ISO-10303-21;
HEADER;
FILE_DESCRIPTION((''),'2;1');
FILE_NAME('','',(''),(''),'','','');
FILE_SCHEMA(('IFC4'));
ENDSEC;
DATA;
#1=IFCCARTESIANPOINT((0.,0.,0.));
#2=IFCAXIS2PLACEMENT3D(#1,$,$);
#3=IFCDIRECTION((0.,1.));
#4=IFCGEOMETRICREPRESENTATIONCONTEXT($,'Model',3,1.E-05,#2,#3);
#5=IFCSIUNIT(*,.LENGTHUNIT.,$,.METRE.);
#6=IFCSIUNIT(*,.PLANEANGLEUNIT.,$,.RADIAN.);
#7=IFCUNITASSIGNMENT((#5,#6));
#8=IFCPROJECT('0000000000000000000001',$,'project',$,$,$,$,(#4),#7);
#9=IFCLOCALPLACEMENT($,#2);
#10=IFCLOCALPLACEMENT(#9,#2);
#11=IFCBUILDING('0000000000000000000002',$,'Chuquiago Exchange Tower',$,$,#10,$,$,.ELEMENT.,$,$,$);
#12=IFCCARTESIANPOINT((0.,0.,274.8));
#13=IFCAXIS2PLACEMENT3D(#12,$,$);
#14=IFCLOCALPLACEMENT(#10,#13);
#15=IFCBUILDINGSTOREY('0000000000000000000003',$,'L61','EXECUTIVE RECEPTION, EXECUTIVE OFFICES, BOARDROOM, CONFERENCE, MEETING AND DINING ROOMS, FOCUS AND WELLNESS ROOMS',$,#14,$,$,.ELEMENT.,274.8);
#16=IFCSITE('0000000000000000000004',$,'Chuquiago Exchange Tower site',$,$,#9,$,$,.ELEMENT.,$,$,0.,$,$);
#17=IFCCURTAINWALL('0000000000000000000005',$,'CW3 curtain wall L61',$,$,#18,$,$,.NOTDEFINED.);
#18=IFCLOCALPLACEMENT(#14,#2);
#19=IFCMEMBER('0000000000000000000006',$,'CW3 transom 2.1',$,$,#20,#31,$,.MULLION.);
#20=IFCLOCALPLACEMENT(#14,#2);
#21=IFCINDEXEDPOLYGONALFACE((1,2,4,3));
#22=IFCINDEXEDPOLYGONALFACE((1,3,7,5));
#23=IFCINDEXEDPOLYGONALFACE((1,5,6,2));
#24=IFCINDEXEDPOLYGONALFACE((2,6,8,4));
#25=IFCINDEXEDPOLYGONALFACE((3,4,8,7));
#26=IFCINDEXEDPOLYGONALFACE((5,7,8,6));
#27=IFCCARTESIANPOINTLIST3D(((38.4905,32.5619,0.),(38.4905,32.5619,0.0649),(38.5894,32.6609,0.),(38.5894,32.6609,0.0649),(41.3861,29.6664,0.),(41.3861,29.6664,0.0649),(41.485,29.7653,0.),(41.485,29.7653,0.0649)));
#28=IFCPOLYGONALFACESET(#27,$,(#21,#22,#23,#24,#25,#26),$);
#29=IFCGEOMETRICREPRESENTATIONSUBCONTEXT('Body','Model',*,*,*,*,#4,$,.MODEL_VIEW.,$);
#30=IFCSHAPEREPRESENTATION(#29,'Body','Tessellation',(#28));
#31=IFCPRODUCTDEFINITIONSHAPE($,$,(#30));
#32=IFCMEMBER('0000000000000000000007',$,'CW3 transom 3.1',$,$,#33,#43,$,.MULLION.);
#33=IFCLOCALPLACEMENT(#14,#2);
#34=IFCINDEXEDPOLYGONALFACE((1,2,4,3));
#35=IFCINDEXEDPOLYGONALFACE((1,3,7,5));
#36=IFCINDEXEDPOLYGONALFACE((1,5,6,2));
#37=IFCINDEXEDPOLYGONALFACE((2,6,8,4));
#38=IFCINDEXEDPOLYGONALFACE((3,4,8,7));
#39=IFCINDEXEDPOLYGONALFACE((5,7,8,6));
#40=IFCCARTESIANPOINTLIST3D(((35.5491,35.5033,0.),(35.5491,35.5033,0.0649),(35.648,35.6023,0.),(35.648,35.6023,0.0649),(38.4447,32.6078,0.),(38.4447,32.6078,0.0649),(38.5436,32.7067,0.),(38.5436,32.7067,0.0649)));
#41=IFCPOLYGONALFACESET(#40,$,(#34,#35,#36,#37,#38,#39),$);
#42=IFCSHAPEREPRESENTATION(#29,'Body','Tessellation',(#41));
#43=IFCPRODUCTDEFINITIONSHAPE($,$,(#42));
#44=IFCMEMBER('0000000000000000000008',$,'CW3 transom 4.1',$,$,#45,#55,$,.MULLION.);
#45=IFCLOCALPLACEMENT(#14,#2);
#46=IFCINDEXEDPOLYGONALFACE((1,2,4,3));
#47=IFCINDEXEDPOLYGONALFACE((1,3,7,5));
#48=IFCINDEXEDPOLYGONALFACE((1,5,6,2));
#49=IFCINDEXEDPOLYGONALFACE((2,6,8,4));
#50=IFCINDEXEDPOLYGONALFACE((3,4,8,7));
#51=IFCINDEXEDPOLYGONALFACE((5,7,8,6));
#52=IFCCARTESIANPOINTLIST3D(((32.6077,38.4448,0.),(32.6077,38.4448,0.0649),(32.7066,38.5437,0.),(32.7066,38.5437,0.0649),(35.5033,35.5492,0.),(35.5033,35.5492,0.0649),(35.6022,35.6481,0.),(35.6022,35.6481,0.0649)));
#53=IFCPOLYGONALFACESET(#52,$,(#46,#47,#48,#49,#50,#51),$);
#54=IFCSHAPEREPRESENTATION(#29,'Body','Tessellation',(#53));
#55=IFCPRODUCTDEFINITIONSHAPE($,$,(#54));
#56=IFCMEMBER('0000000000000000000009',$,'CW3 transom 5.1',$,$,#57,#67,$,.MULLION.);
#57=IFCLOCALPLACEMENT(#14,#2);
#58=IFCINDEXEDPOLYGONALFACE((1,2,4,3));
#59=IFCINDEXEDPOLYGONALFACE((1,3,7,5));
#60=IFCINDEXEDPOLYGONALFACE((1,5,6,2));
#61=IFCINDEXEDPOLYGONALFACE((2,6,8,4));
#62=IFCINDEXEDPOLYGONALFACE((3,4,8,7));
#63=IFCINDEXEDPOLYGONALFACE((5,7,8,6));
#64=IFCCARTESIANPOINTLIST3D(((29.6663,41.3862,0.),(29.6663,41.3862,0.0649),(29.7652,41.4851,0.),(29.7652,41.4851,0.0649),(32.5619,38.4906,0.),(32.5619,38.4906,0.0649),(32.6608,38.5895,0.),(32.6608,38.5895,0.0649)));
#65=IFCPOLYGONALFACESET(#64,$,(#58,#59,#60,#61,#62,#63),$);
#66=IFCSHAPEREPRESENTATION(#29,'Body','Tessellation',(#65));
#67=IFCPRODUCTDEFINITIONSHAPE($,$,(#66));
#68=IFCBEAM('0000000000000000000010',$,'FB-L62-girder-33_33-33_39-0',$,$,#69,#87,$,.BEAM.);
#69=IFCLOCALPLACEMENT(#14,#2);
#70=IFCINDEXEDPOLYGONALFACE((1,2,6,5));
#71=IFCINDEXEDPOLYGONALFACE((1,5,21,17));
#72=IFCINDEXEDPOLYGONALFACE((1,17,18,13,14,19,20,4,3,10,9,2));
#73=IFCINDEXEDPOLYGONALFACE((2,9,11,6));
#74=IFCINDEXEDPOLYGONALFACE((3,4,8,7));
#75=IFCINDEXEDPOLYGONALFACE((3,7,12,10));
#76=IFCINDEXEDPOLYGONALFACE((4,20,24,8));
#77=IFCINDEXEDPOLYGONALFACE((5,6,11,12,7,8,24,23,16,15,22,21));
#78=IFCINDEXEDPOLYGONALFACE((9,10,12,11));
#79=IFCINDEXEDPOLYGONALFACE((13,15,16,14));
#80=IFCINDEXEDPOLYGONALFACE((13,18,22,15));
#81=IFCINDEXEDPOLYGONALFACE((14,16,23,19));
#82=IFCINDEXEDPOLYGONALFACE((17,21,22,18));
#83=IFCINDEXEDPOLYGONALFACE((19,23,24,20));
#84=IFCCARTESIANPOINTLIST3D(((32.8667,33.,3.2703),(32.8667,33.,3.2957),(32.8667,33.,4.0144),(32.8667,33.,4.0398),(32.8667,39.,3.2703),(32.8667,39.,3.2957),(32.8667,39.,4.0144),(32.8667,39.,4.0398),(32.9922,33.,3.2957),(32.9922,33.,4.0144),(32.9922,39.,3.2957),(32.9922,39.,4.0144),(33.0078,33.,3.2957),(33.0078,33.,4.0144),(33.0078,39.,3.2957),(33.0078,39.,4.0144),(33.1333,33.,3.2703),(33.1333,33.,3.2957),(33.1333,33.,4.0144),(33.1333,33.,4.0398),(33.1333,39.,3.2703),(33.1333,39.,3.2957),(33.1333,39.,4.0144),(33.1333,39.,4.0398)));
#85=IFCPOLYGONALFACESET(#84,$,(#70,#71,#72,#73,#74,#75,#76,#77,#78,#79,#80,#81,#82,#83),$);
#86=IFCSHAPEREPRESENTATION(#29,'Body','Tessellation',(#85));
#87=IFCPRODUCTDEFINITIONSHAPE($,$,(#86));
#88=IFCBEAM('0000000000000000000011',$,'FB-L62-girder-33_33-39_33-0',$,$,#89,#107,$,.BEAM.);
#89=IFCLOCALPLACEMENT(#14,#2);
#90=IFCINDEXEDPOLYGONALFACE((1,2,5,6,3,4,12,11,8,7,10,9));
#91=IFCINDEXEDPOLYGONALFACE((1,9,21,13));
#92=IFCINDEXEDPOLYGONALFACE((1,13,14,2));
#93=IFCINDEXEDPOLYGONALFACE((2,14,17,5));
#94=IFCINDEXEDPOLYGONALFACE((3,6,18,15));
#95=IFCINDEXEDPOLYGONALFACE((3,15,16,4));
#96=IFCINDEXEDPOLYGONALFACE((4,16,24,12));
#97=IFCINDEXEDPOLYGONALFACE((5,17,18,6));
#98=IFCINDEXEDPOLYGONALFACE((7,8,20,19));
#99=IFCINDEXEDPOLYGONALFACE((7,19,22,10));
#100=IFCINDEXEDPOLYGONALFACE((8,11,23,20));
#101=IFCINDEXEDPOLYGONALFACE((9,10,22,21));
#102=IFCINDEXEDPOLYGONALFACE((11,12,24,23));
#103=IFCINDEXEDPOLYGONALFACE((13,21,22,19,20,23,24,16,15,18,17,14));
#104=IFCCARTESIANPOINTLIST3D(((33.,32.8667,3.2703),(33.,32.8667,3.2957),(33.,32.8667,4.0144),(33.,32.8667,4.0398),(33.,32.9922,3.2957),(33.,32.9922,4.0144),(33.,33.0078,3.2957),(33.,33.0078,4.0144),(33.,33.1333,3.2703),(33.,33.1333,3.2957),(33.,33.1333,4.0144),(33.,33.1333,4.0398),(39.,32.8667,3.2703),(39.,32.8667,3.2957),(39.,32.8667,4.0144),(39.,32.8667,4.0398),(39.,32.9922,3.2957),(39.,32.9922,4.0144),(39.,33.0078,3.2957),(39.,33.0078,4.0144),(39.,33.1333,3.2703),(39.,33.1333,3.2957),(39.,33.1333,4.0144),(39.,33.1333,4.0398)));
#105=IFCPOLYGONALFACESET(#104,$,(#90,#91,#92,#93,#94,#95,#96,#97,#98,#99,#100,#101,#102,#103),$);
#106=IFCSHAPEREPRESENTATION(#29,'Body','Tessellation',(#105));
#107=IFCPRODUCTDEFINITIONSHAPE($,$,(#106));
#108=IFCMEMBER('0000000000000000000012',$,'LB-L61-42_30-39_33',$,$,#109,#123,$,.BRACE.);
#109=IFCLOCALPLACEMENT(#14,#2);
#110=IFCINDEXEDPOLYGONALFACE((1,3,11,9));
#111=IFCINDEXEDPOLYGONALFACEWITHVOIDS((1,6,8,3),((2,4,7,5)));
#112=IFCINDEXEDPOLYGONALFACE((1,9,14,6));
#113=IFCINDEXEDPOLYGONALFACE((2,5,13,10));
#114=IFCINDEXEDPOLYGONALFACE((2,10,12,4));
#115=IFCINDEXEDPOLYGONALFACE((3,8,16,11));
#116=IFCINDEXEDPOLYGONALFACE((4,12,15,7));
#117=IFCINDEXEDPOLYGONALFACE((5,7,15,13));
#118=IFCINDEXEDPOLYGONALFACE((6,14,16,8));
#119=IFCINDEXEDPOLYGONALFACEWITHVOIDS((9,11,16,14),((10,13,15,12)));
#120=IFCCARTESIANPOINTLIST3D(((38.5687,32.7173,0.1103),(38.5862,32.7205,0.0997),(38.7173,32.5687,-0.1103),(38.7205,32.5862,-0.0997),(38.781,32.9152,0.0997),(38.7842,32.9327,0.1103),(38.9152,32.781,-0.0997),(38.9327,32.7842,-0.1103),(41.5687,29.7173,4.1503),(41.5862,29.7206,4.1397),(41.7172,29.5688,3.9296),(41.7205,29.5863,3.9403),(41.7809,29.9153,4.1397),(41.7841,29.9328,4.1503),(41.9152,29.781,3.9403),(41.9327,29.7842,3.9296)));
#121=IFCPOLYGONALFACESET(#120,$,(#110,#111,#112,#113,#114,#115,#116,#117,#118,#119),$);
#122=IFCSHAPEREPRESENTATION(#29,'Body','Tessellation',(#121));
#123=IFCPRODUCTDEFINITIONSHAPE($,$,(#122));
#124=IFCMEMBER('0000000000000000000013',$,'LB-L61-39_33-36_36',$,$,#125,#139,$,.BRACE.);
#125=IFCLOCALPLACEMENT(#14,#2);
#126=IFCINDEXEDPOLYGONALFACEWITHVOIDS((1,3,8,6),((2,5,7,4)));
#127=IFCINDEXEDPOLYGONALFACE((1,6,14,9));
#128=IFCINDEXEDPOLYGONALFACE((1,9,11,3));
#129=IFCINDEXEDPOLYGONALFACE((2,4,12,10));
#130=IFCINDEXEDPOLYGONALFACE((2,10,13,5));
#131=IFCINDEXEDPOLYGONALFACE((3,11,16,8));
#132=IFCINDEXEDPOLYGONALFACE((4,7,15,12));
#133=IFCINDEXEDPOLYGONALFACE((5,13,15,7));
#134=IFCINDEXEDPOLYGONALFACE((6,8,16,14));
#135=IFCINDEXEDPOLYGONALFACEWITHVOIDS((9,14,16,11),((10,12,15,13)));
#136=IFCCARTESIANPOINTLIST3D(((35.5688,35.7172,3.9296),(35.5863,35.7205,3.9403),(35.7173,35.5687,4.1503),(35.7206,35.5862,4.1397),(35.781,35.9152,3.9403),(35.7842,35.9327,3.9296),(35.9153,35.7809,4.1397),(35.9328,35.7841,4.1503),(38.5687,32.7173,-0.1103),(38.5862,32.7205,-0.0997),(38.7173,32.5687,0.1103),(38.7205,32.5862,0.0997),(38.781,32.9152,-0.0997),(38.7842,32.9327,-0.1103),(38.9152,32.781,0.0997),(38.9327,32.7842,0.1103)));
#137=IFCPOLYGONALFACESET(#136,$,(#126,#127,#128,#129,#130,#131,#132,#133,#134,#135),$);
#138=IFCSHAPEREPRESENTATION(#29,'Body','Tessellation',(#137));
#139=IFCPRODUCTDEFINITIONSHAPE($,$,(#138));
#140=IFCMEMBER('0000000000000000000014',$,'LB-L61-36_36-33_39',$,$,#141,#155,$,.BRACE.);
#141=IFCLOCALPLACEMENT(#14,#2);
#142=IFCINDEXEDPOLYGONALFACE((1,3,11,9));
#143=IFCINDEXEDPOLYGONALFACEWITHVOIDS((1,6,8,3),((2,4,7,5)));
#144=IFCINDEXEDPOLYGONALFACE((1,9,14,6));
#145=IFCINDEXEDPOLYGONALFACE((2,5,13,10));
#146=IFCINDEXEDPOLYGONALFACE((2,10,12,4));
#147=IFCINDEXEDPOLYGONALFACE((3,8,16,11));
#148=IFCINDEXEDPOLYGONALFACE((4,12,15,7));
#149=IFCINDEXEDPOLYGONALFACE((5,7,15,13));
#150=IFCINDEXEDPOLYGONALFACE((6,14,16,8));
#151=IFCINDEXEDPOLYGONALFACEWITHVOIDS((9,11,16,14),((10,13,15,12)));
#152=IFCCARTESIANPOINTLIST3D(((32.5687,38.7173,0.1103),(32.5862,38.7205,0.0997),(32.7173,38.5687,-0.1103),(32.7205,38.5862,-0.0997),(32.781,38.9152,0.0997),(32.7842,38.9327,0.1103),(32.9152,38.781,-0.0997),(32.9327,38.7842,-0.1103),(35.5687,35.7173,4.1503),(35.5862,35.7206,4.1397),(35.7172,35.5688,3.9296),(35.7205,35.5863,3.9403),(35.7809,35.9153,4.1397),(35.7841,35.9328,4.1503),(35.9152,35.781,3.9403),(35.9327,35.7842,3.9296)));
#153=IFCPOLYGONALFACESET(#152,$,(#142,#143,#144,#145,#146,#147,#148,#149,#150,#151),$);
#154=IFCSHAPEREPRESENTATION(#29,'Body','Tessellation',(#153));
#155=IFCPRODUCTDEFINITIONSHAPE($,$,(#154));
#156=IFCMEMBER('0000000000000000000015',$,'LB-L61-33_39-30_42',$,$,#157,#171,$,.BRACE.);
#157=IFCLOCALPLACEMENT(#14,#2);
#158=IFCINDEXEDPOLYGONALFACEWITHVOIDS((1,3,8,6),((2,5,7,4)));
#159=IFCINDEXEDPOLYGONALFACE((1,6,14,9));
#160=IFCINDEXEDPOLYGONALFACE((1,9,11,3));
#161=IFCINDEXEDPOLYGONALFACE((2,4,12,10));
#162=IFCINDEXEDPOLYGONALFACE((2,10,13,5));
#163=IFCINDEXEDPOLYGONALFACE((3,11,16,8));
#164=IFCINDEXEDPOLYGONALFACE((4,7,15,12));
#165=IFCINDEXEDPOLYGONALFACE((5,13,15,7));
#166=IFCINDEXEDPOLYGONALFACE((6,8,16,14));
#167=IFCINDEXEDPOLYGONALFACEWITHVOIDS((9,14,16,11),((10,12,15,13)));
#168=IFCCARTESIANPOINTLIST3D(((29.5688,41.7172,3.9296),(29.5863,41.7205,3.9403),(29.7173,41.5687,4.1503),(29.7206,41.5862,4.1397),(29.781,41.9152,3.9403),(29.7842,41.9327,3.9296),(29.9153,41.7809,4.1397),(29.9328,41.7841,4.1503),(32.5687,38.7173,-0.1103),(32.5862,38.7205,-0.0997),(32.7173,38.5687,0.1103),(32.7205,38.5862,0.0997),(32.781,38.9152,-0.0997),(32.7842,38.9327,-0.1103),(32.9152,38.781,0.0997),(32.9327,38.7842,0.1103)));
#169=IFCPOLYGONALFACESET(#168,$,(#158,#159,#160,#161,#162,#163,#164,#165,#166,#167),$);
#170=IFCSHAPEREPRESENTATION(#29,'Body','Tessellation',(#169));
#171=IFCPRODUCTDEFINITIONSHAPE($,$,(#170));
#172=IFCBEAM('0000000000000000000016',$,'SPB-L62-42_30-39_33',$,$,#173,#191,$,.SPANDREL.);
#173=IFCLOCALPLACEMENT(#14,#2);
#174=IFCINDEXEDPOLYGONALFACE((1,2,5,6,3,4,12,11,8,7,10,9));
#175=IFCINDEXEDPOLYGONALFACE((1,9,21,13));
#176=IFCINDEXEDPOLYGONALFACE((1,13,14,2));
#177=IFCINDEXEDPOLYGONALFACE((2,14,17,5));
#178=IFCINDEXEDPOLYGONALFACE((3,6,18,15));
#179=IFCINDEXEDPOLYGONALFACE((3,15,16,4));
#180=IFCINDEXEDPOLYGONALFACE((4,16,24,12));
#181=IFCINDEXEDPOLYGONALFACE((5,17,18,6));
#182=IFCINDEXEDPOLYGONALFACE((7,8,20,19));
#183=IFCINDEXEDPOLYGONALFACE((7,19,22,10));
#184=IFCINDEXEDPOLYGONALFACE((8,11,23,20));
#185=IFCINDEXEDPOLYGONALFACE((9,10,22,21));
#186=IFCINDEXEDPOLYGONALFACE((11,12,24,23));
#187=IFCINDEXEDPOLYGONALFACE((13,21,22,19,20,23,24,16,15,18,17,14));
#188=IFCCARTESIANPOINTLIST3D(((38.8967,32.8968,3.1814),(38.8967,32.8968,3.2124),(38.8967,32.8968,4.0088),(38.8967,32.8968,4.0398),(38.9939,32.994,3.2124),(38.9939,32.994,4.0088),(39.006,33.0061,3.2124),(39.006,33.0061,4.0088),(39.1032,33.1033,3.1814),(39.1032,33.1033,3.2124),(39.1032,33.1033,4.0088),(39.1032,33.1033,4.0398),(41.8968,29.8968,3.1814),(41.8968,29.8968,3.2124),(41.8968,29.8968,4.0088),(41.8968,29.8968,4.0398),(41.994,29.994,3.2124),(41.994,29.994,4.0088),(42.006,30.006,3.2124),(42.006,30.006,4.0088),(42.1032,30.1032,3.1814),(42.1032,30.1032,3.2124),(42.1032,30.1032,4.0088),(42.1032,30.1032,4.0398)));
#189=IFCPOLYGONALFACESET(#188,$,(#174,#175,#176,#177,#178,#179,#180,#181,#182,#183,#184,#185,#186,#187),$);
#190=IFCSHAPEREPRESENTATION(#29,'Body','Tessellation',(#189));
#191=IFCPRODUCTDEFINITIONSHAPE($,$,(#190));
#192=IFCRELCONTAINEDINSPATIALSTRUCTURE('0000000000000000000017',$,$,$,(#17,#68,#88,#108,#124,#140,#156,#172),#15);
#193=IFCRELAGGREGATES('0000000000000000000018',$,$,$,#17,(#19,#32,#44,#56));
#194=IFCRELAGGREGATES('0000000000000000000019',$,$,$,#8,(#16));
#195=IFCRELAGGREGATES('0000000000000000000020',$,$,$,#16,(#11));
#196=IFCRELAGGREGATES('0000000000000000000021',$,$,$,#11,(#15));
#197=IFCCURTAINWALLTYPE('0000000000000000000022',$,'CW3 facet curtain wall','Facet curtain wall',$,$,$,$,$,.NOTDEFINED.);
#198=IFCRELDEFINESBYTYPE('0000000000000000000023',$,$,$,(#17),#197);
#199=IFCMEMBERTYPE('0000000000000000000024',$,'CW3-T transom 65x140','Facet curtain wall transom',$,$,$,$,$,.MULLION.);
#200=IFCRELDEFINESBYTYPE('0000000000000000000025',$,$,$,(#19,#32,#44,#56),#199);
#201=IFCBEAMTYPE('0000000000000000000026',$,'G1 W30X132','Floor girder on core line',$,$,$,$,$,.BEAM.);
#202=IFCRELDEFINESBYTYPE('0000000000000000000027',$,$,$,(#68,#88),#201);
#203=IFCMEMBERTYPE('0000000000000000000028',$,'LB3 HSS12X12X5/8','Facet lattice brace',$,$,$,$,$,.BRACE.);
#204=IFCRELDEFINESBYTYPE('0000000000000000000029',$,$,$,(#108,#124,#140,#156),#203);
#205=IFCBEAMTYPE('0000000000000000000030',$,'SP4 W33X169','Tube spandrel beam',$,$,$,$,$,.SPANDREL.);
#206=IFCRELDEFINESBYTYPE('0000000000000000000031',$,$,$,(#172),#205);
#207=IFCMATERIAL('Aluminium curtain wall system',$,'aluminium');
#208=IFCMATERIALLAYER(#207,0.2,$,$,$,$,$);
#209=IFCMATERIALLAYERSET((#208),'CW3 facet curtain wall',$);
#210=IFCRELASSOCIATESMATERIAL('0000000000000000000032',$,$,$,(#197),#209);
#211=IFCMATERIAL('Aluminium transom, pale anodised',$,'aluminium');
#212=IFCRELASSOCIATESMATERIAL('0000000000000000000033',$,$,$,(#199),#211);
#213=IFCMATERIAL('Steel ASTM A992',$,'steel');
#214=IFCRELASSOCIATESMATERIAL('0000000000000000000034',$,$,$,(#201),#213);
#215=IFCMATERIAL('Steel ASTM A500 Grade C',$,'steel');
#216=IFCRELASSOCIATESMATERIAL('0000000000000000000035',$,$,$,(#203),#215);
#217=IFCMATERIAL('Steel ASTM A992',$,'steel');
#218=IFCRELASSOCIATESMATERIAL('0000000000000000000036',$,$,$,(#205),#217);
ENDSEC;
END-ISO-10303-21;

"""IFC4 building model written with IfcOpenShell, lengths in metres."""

from ifc_helpers import new_model, si_unit, direction, frame, origin, origin_2d, place, context, subcontext, project, spatial, rectangle, hollow_rectangle, i_section, extrude, material, layer, layer_set, material_profile, profile_set, type_object, element, aggregate, save


model = new_model("IFC4")

# Units and contexts
model_context = context("Model", 3, precision=1e-05, world=origin(), true_north=direction((0.0, 1.0)))
body_context = subcontext(model_context, "Body", "Model", "MODEL_VIEW")
ifc_project = project(units=[si_unit("LENGTHUNIT", "METRE"), si_unit("PLANEANGLEUNIT", "RADIAN")], contexts=[model_context])

# Site, building, storey
site_placement = place(None, origin())
site = spatial("IfcSite", under=ifc_project, at=site_placement, Name="Chuquiago Exchange Tower site", CompositionType="ELEMENT", RefElevation=0.0)
building_placement = place(site_placement, origin())
building = spatial("IfcBuilding", under=site, at=building_placement, Name="Chuquiago Exchange Tower", CompositionType="ELEMENT")
storey_placement = place(building_placement, frame((0.0, 0.0, 274.8)))
storey = spatial("IfcBuildingStorey", under=building, at=storey_placement, Name="L61", Description="EXECUTIVE RECEPTION, EXECUTIVE OFFICES, BOARDROOM, CONFERENCE, MEETING AND DINING ROOMS, FOCUS AND WELLNESS ROOMS", CompositionType="ELEMENT", Elevation=274.8)

# Curtain wall, members
ifc_material_1 = material(Name="Aluminium curtain wall system", Category="aluminium")
ifc_layer_1 = layer(ifc_material_1, 0.2)
ifc_layer_set_1 = layer_set([ifc_layer_1], Name="CW3 facet curtain wall")
curtain_wall_type = type_object("IfcCurtainWallType", Name="CW3 facet curtain wall", Description="Facet curtain wall", PredefinedType="NOTDEFINED", material=ifc_layer_set_1)
curtain_wall_placement = place(storey_placement, origin())
curtain_wall = element("IfcCurtainWall", 1, at=curtain_wall_placement, inside=storey, type_object=curtain_wall_type, Name="CW3 curtain wall L61", PredefinedType="NOTDEFINED")
ifc_material_2 = material(Name="Aluminium transom, pale anodised", Category="aluminium")
ifc_material_profile_1 = material_profile(ifc_material_2, rectangle(XDim=0.1399, YDim=0.0649, at=origin_2d()), Name="AL 140x65")
ifc_profile_set_1 = profile_set([ifc_material_profile_1], Name="Aluminium transom, pale anodised")
member_type_1 = type_object("IfcMemberType", Name="CW3-T transom 65x140", Description="Facet curtain wall transom", PredefinedType="MULLION", material=ifc_profile_set_1)
member_1_placement = place(storey_placement, frame((41.4355, 29.7158, 0.0325), z_axis=(-0.707107, 0.707107, 0.0), x_axis=(-0.707107, -0.707107, 0.0)))
member_1 = element("IfcMember", 2, at=member_1_placement, type_object=member_type_1, Name="CW3 transom 2.1", PredefinedType="MULLION", context=body_context, shape_type="SweptSolid", body=[
    extrude(rectangle(XDim=0.1399, YDim=0.0649, at=origin_2d()), origin(), (0.0, 0.0, 1.0), 4.095),
])
member_2_placement = place(storey_placement, frame((38.4941, 32.6572, 0.0325), z_axis=(-0.707107, 0.707107, 0.0), x_axis=(-0.707107, -0.707107, 0.0)))
member_2 = element("IfcMember", 3, at=member_2_placement, type_object=member_type_1, Name="CW3 transom 3.1", PredefinedType="MULLION", context=body_context, shape_type="SweptSolid", body=[
    extrude(rectangle(XDim=0.1399, YDim=0.0649, at=origin_2d()), origin(), (0.0, 0.0, 1.0), 4.095),
])
member_3_placement = place(storey_placement, frame((35.5527, 35.5986, 0.0325), z_axis=(-0.707107, 0.707107, 0.0), x_axis=(-0.707107, -0.707107, 0.0)))
member_3 = element("IfcMember", 4, at=member_3_placement, type_object=member_type_1, Name="CW3 transom 4.1", PredefinedType="MULLION", context=body_context, shape_type="SweptSolid", body=[
    extrude(rectangle(XDim=0.1399, YDim=0.0649, at=origin_2d()), origin(), (0.0, 0.0, 1.0), 4.095),
])
member_4_placement = place(storey_placement, frame((32.6113, 38.54, 0.0325), z_axis=(-0.707107, 0.707107, 0.0), x_axis=(-0.707107, -0.707107, 0.0)))
member_4 = element("IfcMember", 5, at=member_4_placement, type_object=member_type_1, Name="CW3 transom 5.1", PredefinedType="MULLION", context=body_context, shape_type="SweptSolid", body=[
    extrude(rectangle(XDim=0.1399, YDim=0.0649, at=origin_2d()), origin(), (0.0, 0.0, 1.0), 4.095),
])

# Beams
ifc_material_3 = material(Name="Steel ASTM A992", Category="steel")
ifc_material_profile_2 = material_profile(ifc_material_3, i_section(OverallWidth=0.2666, OverallDepth=0.7695, WebThickness=0.0156, FlangeThickness=0.0254, at=origin_2d()), Name="W30X132")
ifc_profile_set_2 = profile_set([ifc_material_profile_2], Name="Steel ASTM A992")
beam_type_1 = type_object("IfcBeamType", Name="G1 W30X132", Description="Floor girder on core line", PredefinedType="BEAM", material=ifc_profile_set_2)
for number, where, z_axis, x_axis, name in (
    (6, (33.0, 33.0, 3.655), (0.0, 1.0, 0.0), (-1.0, 0.0, 0.0), "FB-L62-girder-33_33-33_39-0"),
    (7, (33.0, 33.0, 3.655), (1.0, 0.0, 0.0), (0.0, 1.0, 0.0), "FB-L62-girder-33_33-39_33-0"),
):
    element("IfcBeam", number, at=place(storey_placement, frame(where, z_axis=z_axis, x_axis=x_axis)), inside=storey, type_object=beam_type_1, Name=name, PredefinedType="BEAM", context=body_context, shape_type="SweptSolid", body=[
        extrude(i_section(OverallWidth=0.2666, OverallDepth=0.7695, WebThickness=0.0156, FlangeThickness=0.0254, at=origin_2d()), origin(), (0.0, 0.0, 1.0), 6.0),
    ])

# Members
ifc_material_4 = material(Name="Steel ASTM A500 Grade C", Category="steel")
ifc_material_profile_3 = material_profile(ifc_material_4, hollow_rectangle(XDim=0.3047, YDim=0.3047, WallThickness=0.0146, at=origin_2d()), Name="HSS12X12X5/8")
ifc_profile_set_3 = profile_set([ifc_material_profile_3], Name="Steel ASTM A500 Grade C")
member_type_2 = type_object("IfcMemberType", Name="LB3 HSS12X12X5/8", Description="Facet lattice brace", PredefinedType="BRACE", material=ifc_profile_set_3)
for number, where, z_axis, x_axis, name in (
    (8, (38.7507, 32.7507, 0.0), (0.512077, -0.512077, 0.689604), (0.707107, 0.707107, 0.0), "LB-L61-42_30-39_33"),
    (9, (38.7507, 32.7507, 0.0), (-0.512077, 0.512077, 0.689604), (-0.707107, -0.707107, 0.0), "LB-L61-39_33-36_36"),
    (10, (32.7507, 38.7507, 0.0), (0.512077, -0.512077, 0.689604), (0.707107, 0.707107, 0.0), "LB-L61-36_36-33_39"),
    (11, (32.7507, 38.7507, 0.0), (-0.512077, 0.512077, 0.689604), (-0.707107, -0.707107, 0.0), "LB-L61-33_39-30_42"),
):
    element("IfcMember", number, at=place(storey_placement, frame(where, z_axis=z_axis, x_axis=x_axis)), inside=storey, type_object=member_type_2, Name=name, PredefinedType="BRACE", context=body_context, shape_type="SweptSolid", body=[
        extrude(hollow_rectangle(XDim=0.3047, YDim=0.3047, WallThickness=0.0146, at=origin_2d()), origin(), (0.0, 0.0, 1.0), 5.8584),
    ])

# Beam
ifc_material_5 = material(Name="Steel ASTM A992", Category="steel")
ifc_material_profile_4 = material_profile(ifc_material_5, i_section(OverallWidth=0.292, OverallDepth=0.8584, WebThickness=0.0171, FlangeThickness=0.031, at=origin_2d()), Name="W33X169")
ifc_profile_set_4 = profile_set([ifc_material_profile_4], Name="Steel ASTM A992")
beam_type_2 = type_object("IfcBeamType", Name="SP4 W33X169", Description="Tube spandrel beam", PredefinedType="SPANDREL", material=ifc_profile_set_4)
for number, where, z_axis, x_axis, name in (
    (12, (42.0, 30.0, 3.6106), (-0.707107, 0.707107, 0.0), (-0.707107, -0.707107, 0.0), "SPB-L62-42_30-39_33"),
):
    element("IfcBeam", number, at=place(storey_placement, frame(where, z_axis=z_axis, x_axis=x_axis)), inside=storey, type_object=beam_type_2, Name=name, PredefinedType="SPANDREL", context=body_context, shape_type="SweptSolid", body=[
        extrude(i_section(OverallWidth=0.292, OverallDepth=0.8584, WebThickness=0.0171, FlangeThickness=0.031, at=origin_2d()), origin(), (0.0, 0.0, 1.0), 4.2427),
    ])

aggregate(curtain_wall, [member_1, member_2, member_3, member_4])

save(model, "model.ifc")
